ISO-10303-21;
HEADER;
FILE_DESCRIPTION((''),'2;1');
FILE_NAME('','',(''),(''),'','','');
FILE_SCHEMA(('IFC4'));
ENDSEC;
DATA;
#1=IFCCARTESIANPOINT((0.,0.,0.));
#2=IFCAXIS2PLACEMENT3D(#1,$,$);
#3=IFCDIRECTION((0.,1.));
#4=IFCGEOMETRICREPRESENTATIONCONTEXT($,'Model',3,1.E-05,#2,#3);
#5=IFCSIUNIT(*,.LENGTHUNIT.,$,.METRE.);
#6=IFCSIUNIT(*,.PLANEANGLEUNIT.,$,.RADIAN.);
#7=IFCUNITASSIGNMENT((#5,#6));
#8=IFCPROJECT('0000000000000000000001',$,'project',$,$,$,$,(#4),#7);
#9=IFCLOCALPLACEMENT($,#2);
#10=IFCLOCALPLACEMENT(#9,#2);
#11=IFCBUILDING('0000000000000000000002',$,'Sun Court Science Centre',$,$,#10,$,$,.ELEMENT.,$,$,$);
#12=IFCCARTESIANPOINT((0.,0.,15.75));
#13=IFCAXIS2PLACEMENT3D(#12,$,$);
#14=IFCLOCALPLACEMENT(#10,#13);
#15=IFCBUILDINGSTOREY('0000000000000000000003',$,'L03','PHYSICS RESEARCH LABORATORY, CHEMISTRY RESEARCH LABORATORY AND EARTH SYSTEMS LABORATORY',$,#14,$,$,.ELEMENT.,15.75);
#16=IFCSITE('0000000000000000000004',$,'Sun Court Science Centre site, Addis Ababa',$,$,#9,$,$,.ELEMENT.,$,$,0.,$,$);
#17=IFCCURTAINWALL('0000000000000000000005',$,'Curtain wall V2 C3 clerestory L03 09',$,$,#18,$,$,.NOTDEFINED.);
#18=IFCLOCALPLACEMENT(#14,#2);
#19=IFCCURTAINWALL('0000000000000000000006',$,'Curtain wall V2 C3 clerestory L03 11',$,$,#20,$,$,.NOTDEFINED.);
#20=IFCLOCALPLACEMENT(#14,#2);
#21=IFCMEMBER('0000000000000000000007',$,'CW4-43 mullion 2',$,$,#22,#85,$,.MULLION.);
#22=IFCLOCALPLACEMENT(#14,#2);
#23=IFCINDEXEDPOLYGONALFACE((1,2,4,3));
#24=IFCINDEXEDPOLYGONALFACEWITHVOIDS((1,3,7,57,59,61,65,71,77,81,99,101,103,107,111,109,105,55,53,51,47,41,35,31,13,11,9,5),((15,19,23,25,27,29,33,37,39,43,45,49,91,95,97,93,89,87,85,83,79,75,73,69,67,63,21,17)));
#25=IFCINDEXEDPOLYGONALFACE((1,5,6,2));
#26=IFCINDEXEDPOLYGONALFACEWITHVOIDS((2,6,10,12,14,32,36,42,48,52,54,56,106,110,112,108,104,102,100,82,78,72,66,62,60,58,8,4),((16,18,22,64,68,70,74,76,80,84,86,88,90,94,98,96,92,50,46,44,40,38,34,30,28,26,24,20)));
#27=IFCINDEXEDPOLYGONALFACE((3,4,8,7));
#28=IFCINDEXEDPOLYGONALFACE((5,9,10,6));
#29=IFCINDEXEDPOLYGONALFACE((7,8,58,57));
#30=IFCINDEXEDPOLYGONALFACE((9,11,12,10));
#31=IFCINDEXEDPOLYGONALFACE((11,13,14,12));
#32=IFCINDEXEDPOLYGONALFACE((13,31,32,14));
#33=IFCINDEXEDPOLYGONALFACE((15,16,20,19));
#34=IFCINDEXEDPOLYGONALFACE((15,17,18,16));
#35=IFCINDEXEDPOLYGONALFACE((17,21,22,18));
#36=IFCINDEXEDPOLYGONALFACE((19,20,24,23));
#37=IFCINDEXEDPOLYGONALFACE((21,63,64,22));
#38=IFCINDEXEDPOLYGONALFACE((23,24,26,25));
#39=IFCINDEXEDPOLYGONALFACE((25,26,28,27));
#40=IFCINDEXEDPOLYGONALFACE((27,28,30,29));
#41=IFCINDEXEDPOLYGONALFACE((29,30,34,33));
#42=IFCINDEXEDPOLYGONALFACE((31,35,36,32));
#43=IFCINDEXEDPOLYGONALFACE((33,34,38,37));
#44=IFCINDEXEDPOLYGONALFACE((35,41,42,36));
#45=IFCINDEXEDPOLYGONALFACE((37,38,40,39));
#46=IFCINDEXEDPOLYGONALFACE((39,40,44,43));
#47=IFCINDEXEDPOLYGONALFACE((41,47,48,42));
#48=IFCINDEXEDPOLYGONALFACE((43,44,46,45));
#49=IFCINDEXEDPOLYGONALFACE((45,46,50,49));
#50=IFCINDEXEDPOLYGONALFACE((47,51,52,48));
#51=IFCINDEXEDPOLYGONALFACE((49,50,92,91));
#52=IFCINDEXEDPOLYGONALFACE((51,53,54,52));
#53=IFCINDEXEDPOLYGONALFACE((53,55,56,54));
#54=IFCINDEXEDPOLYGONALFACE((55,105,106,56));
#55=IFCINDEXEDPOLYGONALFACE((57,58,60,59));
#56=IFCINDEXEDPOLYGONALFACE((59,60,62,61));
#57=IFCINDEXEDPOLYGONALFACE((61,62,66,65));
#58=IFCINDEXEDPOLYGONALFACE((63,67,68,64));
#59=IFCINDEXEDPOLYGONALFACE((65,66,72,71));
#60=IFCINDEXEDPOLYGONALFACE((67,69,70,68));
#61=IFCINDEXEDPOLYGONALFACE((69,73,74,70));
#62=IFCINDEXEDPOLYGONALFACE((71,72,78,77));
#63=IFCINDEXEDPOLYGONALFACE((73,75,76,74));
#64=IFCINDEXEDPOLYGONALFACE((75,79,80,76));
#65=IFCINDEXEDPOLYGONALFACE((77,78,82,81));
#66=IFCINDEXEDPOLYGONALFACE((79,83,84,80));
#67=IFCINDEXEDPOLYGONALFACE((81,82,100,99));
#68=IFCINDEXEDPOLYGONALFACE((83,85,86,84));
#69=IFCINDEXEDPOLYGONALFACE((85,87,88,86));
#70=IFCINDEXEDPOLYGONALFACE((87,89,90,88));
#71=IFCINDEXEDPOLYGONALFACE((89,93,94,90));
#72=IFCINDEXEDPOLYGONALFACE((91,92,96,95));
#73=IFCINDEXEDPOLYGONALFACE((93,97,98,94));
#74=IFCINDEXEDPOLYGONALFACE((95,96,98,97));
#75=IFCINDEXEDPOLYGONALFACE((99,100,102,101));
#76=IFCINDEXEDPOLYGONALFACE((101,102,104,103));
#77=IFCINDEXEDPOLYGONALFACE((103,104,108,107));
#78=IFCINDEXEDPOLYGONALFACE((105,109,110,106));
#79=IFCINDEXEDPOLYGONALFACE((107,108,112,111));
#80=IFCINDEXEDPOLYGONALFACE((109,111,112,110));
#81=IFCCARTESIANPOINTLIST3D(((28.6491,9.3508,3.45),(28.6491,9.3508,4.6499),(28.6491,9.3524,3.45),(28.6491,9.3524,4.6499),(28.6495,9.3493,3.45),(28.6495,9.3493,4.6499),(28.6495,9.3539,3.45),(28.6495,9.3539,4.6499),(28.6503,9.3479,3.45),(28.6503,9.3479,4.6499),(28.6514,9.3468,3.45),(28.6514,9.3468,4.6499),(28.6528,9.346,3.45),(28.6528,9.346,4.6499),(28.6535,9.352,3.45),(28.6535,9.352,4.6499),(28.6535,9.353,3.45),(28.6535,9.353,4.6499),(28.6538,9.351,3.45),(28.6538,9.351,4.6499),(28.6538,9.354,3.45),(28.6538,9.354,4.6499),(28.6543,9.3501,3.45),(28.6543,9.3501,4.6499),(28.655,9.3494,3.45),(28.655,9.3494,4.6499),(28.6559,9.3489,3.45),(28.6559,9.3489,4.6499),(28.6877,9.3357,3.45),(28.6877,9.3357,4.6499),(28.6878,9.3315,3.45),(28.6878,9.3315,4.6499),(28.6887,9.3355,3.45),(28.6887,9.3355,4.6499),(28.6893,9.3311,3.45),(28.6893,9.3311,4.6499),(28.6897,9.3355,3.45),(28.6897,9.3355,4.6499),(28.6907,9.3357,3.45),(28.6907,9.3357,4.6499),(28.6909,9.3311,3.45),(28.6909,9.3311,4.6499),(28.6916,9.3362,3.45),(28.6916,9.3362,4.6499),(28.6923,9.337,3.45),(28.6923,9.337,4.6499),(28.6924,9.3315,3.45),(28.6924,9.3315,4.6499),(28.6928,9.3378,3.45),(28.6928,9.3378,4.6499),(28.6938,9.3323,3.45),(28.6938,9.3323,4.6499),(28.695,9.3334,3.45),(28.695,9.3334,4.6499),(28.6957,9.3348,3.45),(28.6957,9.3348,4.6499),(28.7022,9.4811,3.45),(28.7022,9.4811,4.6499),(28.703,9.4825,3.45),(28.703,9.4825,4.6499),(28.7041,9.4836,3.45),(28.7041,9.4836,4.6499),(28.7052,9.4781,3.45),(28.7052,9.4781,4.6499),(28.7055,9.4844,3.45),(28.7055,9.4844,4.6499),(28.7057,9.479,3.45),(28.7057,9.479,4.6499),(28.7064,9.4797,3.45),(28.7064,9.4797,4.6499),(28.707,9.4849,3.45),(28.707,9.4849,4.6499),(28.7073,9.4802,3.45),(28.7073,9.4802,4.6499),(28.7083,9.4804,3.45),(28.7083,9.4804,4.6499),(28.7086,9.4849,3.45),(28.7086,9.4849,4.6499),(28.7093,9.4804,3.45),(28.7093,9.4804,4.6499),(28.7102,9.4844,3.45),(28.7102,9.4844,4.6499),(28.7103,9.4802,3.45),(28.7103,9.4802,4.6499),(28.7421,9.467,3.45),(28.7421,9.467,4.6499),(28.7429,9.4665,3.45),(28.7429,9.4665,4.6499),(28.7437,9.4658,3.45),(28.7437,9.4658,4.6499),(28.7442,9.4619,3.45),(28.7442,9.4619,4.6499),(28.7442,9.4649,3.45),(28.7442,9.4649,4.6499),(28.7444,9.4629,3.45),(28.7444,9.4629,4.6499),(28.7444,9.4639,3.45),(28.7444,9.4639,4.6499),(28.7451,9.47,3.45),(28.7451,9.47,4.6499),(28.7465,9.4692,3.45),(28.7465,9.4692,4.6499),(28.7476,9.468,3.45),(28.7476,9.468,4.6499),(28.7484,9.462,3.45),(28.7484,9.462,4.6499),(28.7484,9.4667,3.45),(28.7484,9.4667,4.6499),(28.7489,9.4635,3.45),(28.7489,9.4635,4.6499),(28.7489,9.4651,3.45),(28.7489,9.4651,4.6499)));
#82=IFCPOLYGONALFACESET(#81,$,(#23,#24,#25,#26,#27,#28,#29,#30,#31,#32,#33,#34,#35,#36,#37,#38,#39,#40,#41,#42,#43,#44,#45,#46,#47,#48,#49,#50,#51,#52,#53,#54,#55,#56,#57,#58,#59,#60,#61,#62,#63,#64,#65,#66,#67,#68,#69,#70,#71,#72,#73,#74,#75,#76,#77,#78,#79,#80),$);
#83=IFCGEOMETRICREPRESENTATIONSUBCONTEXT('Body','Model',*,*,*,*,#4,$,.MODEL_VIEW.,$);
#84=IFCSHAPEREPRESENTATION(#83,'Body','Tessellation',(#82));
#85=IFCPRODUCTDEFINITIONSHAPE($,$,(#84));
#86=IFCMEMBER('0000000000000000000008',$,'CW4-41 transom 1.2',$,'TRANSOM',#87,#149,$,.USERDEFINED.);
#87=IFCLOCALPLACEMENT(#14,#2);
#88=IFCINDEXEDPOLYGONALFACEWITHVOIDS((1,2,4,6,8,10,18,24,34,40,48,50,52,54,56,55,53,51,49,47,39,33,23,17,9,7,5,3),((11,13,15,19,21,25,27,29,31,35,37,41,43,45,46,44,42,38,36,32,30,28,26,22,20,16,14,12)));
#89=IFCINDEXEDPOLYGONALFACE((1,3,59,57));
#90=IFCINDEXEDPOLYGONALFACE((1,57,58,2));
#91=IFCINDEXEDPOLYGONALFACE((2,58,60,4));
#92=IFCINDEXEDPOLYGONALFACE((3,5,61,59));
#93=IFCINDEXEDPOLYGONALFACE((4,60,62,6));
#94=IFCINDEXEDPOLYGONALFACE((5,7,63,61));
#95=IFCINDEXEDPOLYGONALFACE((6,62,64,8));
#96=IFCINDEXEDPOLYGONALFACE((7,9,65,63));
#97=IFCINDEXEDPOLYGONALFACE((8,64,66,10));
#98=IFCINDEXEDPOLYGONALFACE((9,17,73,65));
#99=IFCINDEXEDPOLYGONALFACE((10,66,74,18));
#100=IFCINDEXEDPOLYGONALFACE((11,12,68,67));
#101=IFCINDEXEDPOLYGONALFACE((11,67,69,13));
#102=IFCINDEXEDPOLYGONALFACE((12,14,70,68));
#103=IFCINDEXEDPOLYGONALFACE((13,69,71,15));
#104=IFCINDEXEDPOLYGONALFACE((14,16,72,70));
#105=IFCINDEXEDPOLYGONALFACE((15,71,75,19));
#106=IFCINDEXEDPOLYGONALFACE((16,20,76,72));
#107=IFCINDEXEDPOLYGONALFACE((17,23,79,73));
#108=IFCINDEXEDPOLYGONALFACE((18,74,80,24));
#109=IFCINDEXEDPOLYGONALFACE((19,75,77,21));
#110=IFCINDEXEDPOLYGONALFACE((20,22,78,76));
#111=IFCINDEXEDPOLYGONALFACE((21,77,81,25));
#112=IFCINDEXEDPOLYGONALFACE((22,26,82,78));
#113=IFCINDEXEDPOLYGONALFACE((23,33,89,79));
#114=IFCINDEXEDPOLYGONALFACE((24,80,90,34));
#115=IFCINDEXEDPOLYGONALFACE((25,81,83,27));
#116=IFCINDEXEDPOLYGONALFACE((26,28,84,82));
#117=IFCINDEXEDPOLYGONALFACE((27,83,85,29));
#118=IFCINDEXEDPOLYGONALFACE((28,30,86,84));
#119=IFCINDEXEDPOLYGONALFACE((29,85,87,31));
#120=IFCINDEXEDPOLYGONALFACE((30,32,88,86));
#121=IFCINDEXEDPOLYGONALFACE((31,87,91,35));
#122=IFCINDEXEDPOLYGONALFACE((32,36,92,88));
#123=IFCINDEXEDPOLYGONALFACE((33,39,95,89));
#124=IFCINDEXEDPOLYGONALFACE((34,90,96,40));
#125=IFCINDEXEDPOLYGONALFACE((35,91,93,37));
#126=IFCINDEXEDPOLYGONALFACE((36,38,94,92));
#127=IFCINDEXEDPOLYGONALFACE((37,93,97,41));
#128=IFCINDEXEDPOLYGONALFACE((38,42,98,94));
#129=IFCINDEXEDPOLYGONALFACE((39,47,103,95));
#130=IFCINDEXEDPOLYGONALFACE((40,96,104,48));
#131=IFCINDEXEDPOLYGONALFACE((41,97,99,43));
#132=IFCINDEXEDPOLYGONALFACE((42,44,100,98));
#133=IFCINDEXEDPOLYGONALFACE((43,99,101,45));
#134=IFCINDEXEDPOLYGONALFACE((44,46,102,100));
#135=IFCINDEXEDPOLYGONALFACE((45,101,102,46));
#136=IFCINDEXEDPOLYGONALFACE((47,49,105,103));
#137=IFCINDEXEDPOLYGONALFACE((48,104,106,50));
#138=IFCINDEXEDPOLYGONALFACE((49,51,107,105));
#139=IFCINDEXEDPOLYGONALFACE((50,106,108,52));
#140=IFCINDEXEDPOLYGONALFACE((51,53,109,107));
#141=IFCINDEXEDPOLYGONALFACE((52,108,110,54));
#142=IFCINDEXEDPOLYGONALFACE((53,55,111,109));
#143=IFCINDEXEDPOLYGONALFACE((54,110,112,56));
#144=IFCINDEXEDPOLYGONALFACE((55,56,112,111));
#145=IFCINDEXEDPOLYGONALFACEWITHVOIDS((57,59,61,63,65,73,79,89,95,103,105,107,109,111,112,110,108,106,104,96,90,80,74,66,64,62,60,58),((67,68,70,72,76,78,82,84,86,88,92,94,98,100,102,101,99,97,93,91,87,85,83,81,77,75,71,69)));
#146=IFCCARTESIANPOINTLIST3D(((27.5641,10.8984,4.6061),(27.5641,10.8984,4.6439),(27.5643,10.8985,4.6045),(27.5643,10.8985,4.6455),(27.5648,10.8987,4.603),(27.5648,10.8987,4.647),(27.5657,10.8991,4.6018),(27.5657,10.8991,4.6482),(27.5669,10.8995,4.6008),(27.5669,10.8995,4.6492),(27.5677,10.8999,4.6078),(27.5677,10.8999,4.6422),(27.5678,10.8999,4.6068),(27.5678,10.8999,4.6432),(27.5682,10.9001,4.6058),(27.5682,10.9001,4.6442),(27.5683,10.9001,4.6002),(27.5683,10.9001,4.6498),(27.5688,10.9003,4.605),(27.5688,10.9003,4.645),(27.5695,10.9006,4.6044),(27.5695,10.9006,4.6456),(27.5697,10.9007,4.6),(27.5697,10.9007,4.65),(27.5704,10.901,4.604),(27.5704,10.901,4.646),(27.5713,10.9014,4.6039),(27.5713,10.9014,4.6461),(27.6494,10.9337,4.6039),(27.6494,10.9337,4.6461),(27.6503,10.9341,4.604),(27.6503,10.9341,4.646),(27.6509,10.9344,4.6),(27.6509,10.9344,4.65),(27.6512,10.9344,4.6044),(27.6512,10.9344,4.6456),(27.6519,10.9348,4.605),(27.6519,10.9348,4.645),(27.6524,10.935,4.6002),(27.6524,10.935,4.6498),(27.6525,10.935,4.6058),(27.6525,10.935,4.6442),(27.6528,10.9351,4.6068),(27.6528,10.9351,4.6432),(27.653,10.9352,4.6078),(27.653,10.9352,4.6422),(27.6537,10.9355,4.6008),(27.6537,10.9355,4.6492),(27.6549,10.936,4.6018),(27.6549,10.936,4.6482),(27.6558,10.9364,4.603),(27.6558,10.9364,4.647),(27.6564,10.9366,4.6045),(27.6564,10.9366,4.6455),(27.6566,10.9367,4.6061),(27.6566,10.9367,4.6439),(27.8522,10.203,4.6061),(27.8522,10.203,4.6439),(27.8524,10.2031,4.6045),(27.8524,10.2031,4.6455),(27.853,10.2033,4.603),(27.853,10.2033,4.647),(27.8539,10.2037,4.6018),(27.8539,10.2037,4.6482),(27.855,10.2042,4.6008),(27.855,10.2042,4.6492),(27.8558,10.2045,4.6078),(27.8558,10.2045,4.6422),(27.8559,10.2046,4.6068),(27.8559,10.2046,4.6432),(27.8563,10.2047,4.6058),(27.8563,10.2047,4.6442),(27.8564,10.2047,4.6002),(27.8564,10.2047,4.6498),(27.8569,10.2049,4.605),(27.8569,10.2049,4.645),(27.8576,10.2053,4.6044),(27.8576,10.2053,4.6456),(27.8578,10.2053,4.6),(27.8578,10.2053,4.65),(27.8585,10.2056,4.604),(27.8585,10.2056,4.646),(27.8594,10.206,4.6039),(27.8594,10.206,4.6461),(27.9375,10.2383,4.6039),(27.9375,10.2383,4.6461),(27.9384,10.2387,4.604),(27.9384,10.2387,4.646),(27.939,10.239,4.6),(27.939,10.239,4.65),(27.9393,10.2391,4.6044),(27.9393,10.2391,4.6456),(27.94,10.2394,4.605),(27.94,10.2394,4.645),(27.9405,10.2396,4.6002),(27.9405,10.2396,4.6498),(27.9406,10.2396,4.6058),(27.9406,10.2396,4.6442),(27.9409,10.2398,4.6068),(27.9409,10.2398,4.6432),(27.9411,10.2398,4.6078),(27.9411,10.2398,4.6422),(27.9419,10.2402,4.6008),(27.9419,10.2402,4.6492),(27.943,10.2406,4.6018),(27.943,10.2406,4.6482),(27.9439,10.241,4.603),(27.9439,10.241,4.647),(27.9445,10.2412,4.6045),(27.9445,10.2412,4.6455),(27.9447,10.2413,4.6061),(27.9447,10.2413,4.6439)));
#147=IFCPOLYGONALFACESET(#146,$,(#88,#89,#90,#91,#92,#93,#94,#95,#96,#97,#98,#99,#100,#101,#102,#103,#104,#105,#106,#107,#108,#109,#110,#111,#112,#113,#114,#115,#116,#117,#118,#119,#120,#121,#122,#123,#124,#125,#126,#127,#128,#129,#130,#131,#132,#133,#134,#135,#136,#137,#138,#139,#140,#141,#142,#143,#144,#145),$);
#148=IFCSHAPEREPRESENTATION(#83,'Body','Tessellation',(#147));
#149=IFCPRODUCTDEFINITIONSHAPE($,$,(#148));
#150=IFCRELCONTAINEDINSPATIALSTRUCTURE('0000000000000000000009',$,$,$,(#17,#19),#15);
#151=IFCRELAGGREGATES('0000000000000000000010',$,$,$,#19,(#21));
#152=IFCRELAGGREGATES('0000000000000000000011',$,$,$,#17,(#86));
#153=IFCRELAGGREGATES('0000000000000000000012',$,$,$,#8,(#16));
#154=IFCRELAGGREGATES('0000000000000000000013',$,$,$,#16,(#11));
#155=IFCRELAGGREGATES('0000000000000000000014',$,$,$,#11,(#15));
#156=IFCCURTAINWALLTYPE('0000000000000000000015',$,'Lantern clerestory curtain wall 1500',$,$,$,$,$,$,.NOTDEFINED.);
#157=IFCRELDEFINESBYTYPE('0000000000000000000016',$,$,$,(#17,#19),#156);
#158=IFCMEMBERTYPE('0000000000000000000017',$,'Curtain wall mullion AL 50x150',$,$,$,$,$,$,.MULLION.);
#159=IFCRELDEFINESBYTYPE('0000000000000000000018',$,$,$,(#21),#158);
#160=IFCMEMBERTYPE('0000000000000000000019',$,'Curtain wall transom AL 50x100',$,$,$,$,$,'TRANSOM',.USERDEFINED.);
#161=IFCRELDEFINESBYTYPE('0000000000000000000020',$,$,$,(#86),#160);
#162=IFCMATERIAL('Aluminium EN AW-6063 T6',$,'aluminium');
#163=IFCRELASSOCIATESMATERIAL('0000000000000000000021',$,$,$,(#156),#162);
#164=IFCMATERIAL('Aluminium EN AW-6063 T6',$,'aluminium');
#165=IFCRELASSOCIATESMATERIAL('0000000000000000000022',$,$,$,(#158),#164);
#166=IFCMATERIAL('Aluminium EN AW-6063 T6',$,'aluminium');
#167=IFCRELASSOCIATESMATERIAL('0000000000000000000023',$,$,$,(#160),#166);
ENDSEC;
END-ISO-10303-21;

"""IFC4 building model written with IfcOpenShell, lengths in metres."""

from ifc_helpers import new_model, si_unit, direction, frame, origin, origin_2d, place, context, subcontext, project, spatial, hollow_rectangle, extrude, material, material_profile, profile_set, type_object, element, aggregate, save


model = new_model("IFC4")

# Units and contexts
model_context = context("Model", 3, precision=1e-05, world=origin(), true_north=direction((0.0, 1.0)))
body_context = subcontext(model_context, "Body", "Model", "MODEL_VIEW")
ifc_project = project(units=[si_unit("LENGTHUNIT", "METRE"), si_unit("PLANEANGLEUNIT", "RADIAN")], contexts=[model_context])

# Site, building, storey
site_placement = place(None, origin())
site = spatial("IfcSite", under=ifc_project, at=site_placement, Name="Sun Court Science Centre site, Addis Ababa", CompositionType="ELEMENT", RefElevation=0.0)
building_placement = place(site_placement, origin())
building = spatial("IfcBuilding", under=site, at=building_placement, Name="Sun Court Science Centre", CompositionType="ELEMENT")
storey_placement = place(building_placement, frame((0.0, 0.0, 15.75)))
storey = spatial("IfcBuildingStorey", under=building, at=storey_placement, Name="L03", Description="PHYSICS RESEARCH LABORATORY, CHEMISTRY RESEARCH LABORATORY AND EARTH SYSTEMS LABORATORY", CompositionType="ELEMENT", Elevation=15.75)

# Curtain wall
ifc_material_1 = material(Name="Aluminium EN AW-6063 T6", Category="aluminium")
curtain_wall_type = type_object("IfcCurtainWallType", Name="Lantern clerestory curtain wall 1500", PredefinedType="NOTDEFINED", material=ifc_material_1)
ifc_material_2 = material(Name="Aluminium EN AW-6063 T6", Category="aluminium")
ifc_material_profile_1 = material_profile(ifc_material_2, hollow_rectangle(XDim=0.05, YDim=0.1499, WallThickness=0.0039, InnerFilletRadius=0.0039, OuterFilletRadius=0.0061, at=origin_2d()), Name="AL 50x150x4")
ifc_profile_set_1 = profile_set([ifc_material_profile_1], Name="Aluminium EN AW-6063 T6")
member_type_1 = type_object("IfcMemberType", Name="Curtain wall mullion AL 50x150", PredefinedType="MULLION", material=ifc_profile_set_1)
curtain_wall_1_placement = place(storey_placement, origin())
curtain_wall_1 = element("IfcCurtainWall", 1, at=curtain_wall_1_placement, inside=storey, type_object=curtain_wall_type, Name="Curtain wall V2 C3 clerestory L03 09", PredefinedType="NOTDEFINED")

# Curtain wall, member
curtain_wall_2_placement = place(storey_placement, origin())
curtain_wall_2 = element("IfcCurtainWall", 2, at=curtain_wall_2_placement, inside=storey, type_object=curtain_wall_type, Name="Curtain wall V2 C3 clerestory L03 11", PredefinedType="NOTDEFINED")
member_1_placement = place(storey_placement, frame((28.699, 9.408, 3.45), z_axis=(0.0, 0.0, 1.0), x_axis=(-0.92388, 0.382683, 0.0)))
member_1 = element("IfcMember", 3, at=member_1_placement, type_object=member_type_1, Name="CW4-43 mullion 2", PredefinedType="MULLION", context=body_context, shape_type="SweptSolid", body=[
    extrude(hollow_rectangle(XDim=0.05, YDim=0.1499, WallThickness=0.0039, InnerFilletRadius=0.0039, OuterFilletRadius=0.0061, at=origin_2d()), origin(), (0.0, 0.0, 1.0), 1.2),
])
aggregate(curtain_wall_2, [member_1])

# Member
ifc_material_3 = material(Name="Aluminium EN AW-6063 T6", Category="aluminium")
ifc_material_profile_2 = material_profile(ifc_material_3, hollow_rectangle(XDim=0.05, YDim=0.1001, WallThickness=0.0039, InnerFilletRadius=0.0039, OuterFilletRadius=0.0061, at=origin_2d()), Name="AL 50x100x4")
ifc_profile_set_2 = profile_set([ifc_material_profile_2], Name="Aluminium EN AW-6063 T6")
member_type_2 = type_object("IfcMemberType", Name="Curtain wall transom AL 50x100", ElementType="TRANSOM", PredefinedType="USERDEFINED", material=ifc_profile_set_2)
member_2_placement = place(storey_placement, frame((27.8984, 10.2222, 4.625), z_axis=(-0.382772, 0.923843, 0.0), x_axis=(0.0, 0.0, 1.0)))
member_2 = element("IfcMember", 4, at=member_2_placement, type_object=member_type_2, Name="CW4-41 transom 1.2", ObjectType="TRANSOM", PredefinedType="USERDEFINED", context=body_context, shape_type="SweptSolid", body=[
    extrude(hollow_rectangle(XDim=0.05, YDim=0.1001, WallThickness=0.0039, InnerFilletRadius=0.0039, OuterFilletRadius=0.0061, at=origin_2d()), origin(), (0.0, 0.0, 1.0), 0.7527),
])
aggregate(curtain_wall_1, [member_2])

save(model, "model.ifc")
